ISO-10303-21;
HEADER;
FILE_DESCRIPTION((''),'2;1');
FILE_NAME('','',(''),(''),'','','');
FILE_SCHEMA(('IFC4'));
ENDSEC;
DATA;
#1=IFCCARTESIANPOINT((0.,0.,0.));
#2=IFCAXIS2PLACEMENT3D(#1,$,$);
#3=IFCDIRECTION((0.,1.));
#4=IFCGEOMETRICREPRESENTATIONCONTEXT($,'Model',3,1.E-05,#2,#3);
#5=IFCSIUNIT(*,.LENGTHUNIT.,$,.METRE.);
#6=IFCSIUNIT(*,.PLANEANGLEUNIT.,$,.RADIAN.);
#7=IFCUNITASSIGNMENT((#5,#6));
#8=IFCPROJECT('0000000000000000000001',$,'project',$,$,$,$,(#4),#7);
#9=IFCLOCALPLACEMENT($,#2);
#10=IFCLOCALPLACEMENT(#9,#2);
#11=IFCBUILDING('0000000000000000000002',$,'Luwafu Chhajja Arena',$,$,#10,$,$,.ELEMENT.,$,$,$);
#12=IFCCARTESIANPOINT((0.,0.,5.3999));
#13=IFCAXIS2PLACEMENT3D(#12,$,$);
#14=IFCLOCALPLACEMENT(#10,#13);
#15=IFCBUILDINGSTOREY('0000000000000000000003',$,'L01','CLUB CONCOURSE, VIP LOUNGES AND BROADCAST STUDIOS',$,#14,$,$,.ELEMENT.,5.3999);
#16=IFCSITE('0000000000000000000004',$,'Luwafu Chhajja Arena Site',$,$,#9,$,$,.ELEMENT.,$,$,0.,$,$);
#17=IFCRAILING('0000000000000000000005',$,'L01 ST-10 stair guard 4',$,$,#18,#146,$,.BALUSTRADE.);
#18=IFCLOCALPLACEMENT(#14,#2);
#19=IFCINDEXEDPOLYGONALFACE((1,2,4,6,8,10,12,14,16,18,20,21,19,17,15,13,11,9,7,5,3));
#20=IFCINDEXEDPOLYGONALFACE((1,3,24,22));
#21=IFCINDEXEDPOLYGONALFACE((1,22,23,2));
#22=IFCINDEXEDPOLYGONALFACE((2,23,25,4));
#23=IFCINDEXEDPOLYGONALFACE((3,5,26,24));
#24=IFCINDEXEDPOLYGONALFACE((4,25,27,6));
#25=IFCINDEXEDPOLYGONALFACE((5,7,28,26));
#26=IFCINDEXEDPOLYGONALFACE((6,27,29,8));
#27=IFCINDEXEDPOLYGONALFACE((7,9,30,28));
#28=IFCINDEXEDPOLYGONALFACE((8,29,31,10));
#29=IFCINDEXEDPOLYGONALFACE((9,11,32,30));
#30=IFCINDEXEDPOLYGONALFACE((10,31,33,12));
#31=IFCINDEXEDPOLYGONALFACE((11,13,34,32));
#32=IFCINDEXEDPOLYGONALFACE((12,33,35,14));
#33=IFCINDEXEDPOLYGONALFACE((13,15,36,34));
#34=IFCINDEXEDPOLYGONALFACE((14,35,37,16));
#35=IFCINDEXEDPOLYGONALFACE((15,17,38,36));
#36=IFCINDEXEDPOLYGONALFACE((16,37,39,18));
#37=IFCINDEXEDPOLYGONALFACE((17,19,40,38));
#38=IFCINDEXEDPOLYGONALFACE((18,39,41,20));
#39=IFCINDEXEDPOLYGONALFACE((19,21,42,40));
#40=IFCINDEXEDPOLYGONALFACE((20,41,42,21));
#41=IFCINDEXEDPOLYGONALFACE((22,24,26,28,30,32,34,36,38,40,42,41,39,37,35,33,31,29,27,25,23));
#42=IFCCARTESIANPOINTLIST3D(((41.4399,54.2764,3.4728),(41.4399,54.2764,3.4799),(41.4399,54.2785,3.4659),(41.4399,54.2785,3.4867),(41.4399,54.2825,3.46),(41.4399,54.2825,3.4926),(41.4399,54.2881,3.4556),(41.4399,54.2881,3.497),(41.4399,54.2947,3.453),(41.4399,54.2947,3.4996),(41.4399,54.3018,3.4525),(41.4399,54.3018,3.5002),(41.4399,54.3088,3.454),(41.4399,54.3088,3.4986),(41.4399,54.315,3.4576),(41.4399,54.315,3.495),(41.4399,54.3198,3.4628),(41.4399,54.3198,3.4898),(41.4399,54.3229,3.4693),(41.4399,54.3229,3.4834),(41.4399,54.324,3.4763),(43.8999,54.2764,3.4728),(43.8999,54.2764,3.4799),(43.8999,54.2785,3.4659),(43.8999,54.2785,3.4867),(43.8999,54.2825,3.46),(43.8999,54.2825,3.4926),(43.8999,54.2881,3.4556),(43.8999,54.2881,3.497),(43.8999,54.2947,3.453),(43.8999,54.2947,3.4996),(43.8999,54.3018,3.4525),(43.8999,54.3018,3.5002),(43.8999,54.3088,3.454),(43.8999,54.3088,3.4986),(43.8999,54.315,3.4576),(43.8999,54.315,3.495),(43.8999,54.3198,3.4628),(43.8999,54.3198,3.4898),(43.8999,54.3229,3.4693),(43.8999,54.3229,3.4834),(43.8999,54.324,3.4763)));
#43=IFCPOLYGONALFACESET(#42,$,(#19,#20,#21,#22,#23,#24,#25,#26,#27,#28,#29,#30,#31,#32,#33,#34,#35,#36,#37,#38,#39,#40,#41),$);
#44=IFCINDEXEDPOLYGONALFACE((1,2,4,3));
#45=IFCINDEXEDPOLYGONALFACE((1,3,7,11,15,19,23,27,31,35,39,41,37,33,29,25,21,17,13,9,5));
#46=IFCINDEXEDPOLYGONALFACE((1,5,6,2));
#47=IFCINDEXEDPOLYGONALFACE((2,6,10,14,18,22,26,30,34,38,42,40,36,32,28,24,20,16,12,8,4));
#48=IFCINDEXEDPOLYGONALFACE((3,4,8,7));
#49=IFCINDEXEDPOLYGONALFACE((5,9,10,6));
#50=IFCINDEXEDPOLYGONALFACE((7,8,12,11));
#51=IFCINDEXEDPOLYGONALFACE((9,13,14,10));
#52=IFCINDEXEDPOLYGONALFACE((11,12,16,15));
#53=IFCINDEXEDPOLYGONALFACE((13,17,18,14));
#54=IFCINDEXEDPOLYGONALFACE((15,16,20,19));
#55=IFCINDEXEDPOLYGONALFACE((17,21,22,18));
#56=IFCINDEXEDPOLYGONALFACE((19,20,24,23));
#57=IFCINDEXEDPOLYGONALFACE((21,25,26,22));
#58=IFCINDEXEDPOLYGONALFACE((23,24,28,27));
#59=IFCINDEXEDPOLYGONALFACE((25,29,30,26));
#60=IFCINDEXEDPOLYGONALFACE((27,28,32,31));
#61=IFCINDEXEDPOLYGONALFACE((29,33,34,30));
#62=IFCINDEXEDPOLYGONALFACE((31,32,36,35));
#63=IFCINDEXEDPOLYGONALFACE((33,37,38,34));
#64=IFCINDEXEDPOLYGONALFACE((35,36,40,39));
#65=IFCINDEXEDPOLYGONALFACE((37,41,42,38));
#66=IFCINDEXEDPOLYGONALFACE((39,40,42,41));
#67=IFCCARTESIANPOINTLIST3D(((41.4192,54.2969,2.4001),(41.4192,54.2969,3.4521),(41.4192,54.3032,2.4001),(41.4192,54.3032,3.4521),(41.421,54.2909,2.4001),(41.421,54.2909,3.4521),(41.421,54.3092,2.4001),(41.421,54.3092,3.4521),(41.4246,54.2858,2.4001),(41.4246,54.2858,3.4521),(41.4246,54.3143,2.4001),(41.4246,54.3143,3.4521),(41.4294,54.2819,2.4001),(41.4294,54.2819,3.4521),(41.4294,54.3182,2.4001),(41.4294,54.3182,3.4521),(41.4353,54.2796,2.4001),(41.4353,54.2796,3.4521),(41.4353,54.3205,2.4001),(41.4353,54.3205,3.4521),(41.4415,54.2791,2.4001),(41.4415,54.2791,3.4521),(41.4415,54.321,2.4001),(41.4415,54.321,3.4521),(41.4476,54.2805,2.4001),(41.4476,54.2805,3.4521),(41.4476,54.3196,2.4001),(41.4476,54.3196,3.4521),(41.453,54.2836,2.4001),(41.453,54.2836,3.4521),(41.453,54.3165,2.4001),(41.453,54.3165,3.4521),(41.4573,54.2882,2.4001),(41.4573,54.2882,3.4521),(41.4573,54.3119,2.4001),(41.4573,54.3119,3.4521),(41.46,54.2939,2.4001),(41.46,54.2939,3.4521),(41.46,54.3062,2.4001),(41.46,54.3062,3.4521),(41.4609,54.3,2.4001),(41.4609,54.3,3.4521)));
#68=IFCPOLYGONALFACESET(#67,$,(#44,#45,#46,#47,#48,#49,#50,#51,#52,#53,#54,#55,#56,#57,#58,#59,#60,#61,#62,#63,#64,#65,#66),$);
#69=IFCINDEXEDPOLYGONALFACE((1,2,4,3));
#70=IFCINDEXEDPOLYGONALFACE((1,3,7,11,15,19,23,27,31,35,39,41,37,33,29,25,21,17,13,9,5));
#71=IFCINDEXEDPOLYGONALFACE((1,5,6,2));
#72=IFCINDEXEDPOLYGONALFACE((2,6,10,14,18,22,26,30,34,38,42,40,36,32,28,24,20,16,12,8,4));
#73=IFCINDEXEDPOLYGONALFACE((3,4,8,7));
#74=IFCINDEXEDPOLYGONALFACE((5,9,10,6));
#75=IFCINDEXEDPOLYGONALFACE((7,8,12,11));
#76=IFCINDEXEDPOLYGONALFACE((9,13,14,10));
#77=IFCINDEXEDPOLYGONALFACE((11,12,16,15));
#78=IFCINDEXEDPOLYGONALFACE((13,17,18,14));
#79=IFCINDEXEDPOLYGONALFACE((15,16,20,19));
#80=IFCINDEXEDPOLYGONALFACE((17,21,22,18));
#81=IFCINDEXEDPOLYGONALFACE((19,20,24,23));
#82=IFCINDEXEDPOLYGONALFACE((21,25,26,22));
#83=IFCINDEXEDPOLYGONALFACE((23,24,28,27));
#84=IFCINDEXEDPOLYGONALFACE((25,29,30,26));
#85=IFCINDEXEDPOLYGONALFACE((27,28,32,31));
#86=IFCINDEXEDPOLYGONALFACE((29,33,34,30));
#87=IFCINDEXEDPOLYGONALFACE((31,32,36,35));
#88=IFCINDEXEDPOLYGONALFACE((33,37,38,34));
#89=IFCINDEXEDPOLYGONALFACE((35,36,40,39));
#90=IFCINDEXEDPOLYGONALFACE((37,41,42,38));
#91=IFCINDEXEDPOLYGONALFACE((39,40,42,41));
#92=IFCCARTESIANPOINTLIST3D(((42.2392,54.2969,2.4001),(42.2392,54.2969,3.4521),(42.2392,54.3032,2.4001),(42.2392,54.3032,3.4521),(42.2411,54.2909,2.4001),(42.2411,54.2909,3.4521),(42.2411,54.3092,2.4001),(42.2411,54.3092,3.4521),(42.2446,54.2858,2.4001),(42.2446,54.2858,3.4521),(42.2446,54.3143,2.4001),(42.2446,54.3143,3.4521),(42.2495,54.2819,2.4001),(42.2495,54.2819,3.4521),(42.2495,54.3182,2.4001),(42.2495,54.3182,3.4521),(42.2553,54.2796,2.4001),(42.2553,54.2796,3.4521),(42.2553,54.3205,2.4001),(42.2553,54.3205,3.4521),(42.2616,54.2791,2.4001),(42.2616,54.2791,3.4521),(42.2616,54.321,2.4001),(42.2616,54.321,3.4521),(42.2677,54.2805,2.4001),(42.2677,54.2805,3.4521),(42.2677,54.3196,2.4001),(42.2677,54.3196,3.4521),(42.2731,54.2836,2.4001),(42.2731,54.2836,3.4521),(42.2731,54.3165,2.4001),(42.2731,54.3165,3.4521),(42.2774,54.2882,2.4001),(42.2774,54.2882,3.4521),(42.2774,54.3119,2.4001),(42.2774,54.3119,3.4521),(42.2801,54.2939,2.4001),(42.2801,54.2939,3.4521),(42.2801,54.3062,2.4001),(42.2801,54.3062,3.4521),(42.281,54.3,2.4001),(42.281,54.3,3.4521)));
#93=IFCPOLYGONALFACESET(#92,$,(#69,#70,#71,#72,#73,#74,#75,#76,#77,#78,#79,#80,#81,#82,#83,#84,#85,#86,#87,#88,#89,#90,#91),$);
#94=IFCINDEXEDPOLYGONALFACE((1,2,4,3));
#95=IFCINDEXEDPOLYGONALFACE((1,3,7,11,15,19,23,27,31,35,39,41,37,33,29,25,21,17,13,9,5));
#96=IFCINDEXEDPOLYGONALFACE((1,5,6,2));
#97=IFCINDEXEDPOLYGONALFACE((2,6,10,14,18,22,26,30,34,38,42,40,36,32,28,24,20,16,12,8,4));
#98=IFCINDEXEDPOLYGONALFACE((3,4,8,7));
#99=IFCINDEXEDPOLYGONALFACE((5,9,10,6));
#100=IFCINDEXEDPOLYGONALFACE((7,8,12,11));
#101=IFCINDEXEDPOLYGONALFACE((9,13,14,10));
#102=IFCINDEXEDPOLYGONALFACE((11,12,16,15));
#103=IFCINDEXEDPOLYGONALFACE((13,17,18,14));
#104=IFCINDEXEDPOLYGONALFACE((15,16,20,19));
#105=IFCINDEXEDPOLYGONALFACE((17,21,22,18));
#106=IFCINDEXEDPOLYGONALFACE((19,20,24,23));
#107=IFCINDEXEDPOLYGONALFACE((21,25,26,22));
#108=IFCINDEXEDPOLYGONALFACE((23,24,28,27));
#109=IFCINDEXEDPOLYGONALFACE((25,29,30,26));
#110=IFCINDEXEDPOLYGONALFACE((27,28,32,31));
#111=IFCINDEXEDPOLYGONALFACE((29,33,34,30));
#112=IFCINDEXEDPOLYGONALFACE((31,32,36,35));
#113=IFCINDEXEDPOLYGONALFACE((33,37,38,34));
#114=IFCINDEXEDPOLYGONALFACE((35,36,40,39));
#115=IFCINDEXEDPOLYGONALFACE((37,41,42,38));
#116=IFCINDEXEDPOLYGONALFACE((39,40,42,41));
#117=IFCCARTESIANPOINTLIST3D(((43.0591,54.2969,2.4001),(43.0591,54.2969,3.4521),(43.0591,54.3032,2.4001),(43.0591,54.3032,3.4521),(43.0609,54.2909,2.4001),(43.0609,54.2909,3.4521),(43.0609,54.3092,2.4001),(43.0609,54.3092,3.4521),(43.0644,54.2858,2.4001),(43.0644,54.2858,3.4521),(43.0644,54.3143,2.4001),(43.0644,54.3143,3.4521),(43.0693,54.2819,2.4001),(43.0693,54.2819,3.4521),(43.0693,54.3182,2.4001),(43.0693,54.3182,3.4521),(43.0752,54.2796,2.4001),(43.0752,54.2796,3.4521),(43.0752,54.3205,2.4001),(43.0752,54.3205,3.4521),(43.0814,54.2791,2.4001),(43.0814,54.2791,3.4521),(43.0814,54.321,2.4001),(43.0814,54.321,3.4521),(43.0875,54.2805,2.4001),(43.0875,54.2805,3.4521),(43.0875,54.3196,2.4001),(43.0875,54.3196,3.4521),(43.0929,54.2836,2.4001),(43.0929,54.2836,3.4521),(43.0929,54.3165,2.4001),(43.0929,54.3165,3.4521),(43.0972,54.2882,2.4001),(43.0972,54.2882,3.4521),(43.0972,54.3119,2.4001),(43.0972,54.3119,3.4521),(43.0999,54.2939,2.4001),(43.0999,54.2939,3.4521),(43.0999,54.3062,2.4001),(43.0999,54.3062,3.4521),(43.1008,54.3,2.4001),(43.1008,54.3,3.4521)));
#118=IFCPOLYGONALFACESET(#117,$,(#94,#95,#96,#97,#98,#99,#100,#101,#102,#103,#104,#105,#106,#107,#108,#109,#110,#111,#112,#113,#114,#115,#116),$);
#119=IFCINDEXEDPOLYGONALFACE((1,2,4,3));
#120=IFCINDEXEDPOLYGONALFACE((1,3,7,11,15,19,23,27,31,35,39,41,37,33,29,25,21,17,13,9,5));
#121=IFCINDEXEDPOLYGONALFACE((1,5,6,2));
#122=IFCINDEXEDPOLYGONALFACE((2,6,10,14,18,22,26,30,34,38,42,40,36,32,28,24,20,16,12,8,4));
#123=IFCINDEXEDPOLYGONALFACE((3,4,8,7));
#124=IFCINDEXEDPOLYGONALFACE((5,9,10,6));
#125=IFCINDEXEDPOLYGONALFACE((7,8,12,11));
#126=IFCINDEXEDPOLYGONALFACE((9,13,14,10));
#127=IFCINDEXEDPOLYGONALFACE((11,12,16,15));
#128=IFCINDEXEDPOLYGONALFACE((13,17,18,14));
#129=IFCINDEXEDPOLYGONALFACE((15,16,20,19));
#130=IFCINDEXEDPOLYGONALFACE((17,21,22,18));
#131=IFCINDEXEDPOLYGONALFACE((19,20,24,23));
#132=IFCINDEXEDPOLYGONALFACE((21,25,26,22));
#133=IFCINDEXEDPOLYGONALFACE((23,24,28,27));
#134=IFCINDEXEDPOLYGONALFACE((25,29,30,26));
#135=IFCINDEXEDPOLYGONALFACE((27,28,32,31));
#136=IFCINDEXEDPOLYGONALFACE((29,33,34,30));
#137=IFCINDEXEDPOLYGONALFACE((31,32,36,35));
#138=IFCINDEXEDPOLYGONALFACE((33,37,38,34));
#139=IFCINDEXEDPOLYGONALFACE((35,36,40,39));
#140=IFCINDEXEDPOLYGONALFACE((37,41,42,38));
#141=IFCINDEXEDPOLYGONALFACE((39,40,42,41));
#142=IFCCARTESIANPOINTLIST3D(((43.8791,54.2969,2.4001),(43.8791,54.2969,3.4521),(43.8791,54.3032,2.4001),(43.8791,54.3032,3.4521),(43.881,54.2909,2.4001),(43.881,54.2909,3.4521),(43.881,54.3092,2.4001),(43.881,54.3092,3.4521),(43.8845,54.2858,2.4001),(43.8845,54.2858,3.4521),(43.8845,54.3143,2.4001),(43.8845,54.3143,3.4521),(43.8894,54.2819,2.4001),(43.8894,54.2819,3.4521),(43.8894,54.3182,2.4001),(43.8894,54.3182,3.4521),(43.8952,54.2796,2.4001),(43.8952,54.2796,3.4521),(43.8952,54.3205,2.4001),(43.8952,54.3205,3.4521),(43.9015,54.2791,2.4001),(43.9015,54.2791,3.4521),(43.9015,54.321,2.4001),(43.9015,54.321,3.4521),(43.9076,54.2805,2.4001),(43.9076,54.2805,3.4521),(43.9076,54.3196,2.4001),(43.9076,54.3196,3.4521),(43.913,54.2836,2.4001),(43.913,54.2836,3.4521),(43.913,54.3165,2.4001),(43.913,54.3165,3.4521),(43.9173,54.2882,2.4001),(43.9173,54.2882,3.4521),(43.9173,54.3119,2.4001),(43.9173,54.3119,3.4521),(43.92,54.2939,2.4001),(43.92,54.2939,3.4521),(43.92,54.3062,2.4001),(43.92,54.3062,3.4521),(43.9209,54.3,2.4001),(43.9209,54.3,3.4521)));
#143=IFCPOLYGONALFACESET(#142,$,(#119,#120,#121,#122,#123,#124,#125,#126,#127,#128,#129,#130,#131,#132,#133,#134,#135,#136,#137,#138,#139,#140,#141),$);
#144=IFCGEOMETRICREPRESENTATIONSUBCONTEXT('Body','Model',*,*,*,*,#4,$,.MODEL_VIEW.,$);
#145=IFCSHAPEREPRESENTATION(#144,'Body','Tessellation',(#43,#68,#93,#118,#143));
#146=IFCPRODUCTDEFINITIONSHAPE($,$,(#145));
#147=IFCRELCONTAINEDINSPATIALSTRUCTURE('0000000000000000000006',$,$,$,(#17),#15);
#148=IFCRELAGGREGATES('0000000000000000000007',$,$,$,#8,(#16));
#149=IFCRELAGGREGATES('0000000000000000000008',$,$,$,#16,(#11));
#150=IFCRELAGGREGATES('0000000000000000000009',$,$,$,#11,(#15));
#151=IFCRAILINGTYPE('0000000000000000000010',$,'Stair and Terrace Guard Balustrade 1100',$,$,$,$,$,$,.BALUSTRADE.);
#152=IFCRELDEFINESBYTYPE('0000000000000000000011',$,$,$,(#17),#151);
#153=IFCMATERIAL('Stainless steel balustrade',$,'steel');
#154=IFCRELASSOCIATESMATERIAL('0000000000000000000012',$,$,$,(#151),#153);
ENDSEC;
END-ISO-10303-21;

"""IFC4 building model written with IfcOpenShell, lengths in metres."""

from ifc_helpers import new_model, si_unit, direction, frame, origin, origin_2d, place, context, subcontext, project, spatial, circle, extrude, material, type_object, element, save


model = new_model("IFC4")

# Units and contexts
model_context = context("Model", 3, precision=1e-05, world=origin(), true_north=direction((0.0, 1.0)))
body_context = subcontext(model_context, "Body", "Model", "MODEL_VIEW")
ifc_project = project(units=[si_unit("LENGTHUNIT", "METRE"), si_unit("PLANEANGLEUNIT", "RADIAN")], contexts=[model_context])

# Site, building, storey
site_placement = place(None, origin())
site = spatial("IfcSite", under=ifc_project, at=site_placement, Name="Luwafu Chhajja Arena Site", CompositionType="ELEMENT", RefElevation=0.0)
building_placement = place(site_placement, origin())
building = spatial("IfcBuilding", under=site, at=building_placement, Name="Luwafu Chhajja Arena", CompositionType="ELEMENT")
storey_placement = place(building_placement, frame((0.0, 0.0, 5.3999)))
storey = spatial("IfcBuildingStorey", under=building, at=storey_placement, Name="L01", Description="CLUB CONCOURSE, VIP LOUNGES AND BROADCAST STUDIOS", CompositionType="ELEMENT", Elevation=5.3999)

# Railing
ifc_material_1 = material(Name="Stainless steel balustrade", Category="steel")
railing_type_1 = type_object("IfcRailingType", Name="Stair and Terrace Guard Balustrade 1100", PredefinedType="BALUSTRADE", material=ifc_material_1)
for number, where, name in (
    (1, (41.4399, 54.3, 2.4001), "L01 ST-10 stair guard 4"),
):
    element("IfcRailing", number, at=place(storey_placement, frame(where)), inside=storey, type_object=railing_type_1, Name=name, PredefinedType="BALUSTRADE", context=body_context, shape_type="SweptSolid", body=[
        extrude(circle(Radius=0.0239, at=origin_2d()), frame((0.0, 0.0, 1.0762), z_axis=(1.0, 0.0, 0.0), x_axis=(0.0, 1.0, 0.0)), (0.0, 0.0, 1.0), 2.46),
        extrude(circle(Radius=0.021, at=origin_2d()), origin(), (0.0, 0.0, 1.0), 1.052),
        extrude(circle(Radius=0.021, at=origin_2d()), frame((0.8201, 0.0, 0.0)), (0.0, 0.0, 1.0), 1.052),
        extrude(circle(Radius=0.021, at=origin_2d()), frame((1.6399, 0.0, 0.0)), (0.0, 0.0, 1.0), 1.052),
        extrude(circle(Radius=0.021, at=origin_2d()), frame((2.46, 0.0, 0.0)), (0.0, 0.0, 1.0), 1.052),
    ])

save(model, "model.ifc")
